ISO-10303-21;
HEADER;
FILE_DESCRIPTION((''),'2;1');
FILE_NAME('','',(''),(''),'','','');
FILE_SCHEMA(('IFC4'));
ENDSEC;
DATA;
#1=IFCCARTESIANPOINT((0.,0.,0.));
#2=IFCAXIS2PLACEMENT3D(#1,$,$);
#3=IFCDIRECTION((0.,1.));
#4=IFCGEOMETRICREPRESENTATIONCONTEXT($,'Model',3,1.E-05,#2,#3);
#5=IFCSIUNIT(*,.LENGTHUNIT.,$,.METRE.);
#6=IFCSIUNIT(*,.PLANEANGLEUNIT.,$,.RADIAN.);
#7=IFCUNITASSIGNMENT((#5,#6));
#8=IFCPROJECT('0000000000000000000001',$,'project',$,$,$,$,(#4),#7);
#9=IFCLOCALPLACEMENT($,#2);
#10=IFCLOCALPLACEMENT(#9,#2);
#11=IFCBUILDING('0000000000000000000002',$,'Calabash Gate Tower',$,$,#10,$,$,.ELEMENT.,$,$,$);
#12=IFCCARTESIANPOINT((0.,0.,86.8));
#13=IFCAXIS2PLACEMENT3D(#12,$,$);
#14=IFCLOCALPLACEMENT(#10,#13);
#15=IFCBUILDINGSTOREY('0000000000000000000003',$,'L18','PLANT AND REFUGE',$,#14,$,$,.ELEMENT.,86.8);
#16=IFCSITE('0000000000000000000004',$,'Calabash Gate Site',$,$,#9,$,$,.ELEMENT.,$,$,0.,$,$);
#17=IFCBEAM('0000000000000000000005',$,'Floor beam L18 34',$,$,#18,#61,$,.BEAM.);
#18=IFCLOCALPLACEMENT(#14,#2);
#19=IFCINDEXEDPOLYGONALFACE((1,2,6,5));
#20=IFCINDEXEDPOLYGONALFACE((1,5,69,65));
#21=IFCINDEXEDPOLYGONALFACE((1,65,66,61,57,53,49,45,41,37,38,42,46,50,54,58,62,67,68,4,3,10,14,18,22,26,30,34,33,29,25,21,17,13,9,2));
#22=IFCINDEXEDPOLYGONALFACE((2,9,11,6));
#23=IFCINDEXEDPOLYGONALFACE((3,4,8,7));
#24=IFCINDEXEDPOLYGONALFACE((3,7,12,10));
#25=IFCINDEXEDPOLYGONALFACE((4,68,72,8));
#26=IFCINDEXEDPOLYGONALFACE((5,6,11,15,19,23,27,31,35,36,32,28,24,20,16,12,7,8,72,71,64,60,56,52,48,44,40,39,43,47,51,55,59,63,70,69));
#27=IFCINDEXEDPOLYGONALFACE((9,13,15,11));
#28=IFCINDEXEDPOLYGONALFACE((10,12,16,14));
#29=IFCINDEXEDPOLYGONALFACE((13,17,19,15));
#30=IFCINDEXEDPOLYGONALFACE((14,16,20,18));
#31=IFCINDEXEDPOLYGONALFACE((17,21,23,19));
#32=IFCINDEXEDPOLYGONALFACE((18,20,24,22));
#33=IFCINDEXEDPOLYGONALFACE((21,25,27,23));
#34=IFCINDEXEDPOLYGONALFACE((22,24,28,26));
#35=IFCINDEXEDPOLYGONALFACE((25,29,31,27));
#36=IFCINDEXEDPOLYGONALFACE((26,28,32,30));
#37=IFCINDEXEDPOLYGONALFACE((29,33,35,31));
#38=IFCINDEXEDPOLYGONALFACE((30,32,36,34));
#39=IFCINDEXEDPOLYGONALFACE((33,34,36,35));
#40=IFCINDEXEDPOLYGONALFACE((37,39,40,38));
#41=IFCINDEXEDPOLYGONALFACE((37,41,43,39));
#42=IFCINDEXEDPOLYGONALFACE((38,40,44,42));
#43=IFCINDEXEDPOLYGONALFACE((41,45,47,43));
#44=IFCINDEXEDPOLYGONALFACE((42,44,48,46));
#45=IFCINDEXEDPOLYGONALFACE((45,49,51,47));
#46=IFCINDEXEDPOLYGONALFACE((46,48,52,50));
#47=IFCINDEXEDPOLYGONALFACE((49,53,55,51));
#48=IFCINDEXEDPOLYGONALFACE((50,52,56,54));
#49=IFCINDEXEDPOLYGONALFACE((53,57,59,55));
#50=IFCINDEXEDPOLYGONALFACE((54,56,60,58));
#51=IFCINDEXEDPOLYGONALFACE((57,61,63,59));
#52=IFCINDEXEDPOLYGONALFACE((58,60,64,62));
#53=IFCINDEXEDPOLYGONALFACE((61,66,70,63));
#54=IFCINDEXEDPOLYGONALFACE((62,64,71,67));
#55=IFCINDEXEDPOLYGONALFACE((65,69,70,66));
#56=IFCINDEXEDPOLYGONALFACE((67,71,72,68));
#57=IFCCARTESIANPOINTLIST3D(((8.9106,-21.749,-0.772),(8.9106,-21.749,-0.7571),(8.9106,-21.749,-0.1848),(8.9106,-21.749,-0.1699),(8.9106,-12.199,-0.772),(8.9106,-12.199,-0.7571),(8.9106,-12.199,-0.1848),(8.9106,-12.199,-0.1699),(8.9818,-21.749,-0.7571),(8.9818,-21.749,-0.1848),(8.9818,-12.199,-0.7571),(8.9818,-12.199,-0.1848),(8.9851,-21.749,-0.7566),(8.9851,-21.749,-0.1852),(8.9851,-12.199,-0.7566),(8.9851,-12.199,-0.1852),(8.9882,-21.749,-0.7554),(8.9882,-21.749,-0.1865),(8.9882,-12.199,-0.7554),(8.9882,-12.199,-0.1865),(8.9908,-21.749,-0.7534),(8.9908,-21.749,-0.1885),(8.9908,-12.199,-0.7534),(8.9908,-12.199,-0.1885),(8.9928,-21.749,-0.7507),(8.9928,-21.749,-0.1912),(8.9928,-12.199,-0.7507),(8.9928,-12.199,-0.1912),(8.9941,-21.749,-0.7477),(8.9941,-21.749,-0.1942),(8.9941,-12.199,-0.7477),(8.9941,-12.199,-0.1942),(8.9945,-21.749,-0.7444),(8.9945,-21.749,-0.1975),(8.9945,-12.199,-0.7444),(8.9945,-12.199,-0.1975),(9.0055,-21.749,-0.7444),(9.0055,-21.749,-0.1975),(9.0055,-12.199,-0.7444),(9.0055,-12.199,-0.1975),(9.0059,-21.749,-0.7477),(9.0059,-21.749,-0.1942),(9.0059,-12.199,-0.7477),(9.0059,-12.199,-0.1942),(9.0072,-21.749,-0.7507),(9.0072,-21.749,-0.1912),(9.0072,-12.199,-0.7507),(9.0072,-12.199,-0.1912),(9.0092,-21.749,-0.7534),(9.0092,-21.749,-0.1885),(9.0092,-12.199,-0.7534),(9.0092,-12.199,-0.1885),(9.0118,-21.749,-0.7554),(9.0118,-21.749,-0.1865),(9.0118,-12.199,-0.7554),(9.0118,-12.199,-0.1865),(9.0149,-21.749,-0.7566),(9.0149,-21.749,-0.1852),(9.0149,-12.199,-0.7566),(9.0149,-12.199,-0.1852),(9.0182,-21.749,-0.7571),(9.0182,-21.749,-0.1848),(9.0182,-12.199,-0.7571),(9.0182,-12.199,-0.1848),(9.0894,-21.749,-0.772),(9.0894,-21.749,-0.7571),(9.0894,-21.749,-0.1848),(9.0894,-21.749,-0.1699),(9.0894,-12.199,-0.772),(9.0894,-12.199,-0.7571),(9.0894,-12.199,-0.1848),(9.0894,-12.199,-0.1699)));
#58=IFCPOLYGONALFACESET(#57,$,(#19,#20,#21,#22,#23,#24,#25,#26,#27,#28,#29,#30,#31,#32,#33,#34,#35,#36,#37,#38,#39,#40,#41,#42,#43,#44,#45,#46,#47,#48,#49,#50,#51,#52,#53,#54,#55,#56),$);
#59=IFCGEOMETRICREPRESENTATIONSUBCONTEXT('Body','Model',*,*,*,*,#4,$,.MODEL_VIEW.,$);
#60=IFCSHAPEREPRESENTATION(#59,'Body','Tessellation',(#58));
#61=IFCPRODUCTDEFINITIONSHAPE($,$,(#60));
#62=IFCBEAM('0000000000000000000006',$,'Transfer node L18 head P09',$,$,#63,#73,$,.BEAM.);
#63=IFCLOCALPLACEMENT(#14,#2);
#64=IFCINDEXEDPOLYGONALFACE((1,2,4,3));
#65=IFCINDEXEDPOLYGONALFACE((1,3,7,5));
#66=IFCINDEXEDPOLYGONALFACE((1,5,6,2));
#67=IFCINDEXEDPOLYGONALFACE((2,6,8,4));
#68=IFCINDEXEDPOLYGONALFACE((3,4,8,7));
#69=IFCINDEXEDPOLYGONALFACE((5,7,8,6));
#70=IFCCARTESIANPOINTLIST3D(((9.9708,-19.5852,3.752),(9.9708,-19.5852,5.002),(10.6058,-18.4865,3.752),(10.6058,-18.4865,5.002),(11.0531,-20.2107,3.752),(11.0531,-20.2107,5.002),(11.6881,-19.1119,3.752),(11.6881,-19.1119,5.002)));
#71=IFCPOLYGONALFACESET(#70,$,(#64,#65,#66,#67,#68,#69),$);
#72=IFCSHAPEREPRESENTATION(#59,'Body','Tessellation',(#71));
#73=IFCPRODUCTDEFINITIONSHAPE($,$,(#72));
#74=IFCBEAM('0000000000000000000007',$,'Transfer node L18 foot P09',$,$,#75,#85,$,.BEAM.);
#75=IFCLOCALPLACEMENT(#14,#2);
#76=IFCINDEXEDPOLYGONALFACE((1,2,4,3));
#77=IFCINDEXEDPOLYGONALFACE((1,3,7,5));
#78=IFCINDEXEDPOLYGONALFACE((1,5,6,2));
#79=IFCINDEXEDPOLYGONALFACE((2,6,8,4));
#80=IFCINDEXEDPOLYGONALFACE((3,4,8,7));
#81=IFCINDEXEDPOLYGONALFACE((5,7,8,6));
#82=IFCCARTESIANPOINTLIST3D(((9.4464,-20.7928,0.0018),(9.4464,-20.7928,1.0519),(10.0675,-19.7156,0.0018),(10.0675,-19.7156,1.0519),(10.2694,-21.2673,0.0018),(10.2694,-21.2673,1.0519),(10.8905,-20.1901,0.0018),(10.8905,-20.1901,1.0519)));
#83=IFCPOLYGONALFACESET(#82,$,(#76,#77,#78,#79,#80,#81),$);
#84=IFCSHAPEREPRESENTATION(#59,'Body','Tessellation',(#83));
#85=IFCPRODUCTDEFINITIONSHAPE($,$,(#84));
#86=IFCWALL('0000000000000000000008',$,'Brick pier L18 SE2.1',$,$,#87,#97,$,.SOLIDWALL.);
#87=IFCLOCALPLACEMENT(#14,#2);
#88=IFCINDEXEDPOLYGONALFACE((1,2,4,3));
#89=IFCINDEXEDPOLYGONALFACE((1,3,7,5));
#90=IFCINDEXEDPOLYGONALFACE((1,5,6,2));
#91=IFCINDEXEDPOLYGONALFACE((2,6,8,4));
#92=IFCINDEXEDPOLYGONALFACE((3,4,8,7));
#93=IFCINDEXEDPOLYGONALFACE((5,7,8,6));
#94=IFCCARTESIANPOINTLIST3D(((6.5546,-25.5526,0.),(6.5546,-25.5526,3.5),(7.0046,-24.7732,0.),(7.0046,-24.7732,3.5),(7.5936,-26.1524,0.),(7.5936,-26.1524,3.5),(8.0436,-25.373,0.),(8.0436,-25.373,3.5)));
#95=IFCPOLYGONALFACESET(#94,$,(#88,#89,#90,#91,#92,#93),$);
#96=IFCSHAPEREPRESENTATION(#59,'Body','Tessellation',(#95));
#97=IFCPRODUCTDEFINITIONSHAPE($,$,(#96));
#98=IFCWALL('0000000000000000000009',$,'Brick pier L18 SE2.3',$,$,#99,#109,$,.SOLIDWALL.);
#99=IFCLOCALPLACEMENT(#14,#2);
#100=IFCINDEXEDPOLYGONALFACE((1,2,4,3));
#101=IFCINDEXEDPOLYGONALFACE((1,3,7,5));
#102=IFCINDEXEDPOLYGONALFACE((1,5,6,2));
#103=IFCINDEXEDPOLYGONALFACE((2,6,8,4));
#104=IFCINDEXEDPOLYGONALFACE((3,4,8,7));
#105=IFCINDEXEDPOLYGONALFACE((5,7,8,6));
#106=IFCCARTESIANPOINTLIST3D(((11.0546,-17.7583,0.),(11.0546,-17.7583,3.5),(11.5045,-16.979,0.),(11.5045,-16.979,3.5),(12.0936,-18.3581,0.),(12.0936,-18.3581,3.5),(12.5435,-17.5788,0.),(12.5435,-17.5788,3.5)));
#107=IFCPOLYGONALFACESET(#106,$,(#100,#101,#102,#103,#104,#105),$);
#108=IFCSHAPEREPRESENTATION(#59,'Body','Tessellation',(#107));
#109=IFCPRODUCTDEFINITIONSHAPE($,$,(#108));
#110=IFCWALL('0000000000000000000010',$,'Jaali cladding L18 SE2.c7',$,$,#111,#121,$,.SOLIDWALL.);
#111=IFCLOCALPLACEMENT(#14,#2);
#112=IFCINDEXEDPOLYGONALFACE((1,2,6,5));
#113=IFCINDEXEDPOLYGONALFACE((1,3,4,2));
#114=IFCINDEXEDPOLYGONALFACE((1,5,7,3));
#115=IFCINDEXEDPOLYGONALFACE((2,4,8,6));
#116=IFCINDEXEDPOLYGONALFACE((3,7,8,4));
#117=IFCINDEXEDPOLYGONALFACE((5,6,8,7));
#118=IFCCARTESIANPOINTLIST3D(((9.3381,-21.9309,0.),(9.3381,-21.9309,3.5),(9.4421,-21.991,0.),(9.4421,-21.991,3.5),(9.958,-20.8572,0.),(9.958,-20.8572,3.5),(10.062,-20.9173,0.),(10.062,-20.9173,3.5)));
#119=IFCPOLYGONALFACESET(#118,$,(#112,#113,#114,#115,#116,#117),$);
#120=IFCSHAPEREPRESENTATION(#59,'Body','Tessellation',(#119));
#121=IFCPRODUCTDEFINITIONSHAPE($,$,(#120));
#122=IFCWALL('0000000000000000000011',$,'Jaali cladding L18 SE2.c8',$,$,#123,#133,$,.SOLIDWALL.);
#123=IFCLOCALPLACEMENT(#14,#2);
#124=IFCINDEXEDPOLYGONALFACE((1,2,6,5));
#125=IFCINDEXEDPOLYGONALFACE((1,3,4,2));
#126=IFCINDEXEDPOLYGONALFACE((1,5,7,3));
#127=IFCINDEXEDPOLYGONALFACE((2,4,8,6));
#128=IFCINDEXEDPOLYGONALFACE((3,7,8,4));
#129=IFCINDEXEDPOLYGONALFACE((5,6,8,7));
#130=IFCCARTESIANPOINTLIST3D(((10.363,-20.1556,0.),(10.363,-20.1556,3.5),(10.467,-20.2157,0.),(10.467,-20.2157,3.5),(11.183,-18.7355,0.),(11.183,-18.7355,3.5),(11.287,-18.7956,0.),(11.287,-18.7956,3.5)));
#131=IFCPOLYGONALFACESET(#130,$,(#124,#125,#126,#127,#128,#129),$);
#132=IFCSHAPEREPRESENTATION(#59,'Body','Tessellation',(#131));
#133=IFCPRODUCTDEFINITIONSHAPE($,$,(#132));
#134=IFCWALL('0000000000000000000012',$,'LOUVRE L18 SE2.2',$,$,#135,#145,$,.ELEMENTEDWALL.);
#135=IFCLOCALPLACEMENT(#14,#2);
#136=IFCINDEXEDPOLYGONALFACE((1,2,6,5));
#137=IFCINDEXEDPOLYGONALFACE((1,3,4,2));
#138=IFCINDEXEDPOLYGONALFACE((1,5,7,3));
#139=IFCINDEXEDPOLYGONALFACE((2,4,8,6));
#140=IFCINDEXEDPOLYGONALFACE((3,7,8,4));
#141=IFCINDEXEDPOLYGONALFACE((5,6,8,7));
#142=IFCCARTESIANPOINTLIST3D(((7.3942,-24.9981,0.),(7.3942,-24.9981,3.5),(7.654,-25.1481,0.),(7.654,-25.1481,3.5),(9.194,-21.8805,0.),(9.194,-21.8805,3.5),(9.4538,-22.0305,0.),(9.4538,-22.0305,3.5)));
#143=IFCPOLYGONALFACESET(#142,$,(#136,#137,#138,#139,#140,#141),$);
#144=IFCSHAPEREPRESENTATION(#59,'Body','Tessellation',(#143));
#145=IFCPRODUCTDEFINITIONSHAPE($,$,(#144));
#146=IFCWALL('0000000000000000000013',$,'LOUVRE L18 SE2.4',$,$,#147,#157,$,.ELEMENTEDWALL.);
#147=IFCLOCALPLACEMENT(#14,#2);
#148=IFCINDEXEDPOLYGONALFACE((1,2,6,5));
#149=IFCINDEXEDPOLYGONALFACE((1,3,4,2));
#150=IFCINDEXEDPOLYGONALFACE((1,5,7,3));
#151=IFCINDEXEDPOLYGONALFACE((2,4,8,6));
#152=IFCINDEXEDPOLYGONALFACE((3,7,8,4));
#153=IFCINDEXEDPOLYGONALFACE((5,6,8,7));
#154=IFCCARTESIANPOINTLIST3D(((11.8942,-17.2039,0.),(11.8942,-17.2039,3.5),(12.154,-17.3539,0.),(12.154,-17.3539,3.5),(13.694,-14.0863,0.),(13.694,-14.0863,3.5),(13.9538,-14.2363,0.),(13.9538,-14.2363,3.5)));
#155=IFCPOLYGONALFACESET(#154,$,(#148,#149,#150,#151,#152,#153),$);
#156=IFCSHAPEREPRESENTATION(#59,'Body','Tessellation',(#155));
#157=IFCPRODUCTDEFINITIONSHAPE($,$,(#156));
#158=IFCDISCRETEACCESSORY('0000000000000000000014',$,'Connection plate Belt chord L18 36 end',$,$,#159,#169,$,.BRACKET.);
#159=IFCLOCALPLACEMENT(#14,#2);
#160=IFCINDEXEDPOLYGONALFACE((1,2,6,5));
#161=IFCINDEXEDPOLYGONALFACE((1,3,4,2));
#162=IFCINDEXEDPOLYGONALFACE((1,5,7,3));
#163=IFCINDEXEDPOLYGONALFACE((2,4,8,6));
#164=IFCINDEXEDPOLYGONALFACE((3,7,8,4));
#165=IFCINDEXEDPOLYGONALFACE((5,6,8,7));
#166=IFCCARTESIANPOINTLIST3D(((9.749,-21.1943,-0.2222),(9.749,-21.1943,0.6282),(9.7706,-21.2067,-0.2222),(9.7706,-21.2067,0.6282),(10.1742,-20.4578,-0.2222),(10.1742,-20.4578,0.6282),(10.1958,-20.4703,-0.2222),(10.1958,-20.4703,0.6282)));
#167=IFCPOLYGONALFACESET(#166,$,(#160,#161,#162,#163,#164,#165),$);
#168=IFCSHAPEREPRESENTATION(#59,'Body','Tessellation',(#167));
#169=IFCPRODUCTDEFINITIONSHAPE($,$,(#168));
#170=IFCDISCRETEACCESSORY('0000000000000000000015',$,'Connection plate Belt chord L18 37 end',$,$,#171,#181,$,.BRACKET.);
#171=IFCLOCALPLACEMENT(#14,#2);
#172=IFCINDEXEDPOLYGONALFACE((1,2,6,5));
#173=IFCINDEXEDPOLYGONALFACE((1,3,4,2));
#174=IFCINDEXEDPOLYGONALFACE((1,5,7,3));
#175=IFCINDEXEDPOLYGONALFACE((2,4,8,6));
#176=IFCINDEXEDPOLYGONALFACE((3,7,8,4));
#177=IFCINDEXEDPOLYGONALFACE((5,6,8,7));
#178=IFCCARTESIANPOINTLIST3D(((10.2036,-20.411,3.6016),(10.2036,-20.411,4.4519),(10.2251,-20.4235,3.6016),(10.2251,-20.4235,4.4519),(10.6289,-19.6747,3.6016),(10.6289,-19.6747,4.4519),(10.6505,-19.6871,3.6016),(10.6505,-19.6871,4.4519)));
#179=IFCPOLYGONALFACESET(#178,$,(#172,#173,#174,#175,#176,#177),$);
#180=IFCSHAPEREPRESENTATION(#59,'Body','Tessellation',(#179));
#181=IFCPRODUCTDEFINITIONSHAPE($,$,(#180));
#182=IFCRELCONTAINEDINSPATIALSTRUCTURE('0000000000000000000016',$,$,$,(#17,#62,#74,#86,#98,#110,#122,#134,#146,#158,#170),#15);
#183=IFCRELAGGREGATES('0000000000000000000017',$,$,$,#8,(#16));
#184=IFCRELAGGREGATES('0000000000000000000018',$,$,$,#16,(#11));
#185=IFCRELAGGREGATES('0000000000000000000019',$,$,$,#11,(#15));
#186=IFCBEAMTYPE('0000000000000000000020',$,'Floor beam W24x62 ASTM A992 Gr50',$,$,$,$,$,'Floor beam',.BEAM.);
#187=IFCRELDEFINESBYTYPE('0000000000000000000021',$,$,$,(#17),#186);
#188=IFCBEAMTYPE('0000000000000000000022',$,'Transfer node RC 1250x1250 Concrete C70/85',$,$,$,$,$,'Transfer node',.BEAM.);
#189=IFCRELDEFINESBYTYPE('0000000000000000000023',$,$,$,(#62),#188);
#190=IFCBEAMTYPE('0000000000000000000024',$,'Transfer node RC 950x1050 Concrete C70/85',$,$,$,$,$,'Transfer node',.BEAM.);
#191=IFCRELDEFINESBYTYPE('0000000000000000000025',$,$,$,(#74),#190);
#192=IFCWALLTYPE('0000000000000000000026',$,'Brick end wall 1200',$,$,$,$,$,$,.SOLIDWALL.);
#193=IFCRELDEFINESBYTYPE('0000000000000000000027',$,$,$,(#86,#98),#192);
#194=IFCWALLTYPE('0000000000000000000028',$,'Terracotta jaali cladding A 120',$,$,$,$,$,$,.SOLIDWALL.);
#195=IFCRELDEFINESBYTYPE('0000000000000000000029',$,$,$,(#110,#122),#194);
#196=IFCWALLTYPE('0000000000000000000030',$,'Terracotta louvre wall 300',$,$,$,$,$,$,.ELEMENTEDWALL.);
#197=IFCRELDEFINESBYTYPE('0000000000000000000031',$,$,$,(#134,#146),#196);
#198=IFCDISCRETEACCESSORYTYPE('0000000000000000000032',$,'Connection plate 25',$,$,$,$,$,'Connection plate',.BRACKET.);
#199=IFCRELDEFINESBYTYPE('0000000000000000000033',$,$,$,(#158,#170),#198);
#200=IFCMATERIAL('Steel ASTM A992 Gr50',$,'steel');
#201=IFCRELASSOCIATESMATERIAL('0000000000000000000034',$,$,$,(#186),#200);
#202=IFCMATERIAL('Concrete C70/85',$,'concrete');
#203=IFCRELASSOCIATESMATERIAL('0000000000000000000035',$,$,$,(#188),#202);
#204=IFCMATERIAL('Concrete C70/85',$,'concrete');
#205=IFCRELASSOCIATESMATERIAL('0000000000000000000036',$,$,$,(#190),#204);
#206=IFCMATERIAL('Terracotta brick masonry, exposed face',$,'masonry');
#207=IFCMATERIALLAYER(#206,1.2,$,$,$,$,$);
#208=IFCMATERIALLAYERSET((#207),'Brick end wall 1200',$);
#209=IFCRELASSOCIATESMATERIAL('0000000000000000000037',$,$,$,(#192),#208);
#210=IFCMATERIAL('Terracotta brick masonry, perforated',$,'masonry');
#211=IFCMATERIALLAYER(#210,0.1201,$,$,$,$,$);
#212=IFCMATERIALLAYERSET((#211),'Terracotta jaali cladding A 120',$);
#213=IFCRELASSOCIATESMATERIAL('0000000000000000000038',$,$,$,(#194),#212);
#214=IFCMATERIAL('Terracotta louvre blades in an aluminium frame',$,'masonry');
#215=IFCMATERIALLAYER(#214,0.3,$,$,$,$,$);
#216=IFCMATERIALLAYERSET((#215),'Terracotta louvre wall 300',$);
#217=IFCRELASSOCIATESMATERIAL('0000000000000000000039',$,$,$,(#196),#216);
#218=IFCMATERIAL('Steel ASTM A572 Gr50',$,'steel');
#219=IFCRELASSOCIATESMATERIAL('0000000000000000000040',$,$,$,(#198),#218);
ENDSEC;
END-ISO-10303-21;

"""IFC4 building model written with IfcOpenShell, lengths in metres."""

from ifc_helpers import new_model, si_unit, direction, frame, frame_2d, origin, origin_2d, place, context, subcontext, project, spatial, rectangle, i_section, extrude, material, layer, layer_set, material_profile, profile_set, type_object, element, save


model = new_model("IFC4")

# Units and contexts
model_context = context("Model", 3, precision=1e-05, world=origin(), true_north=direction((0.0, 1.0)))
body_context = subcontext(model_context, "Body", "Model", "MODEL_VIEW")
ifc_project = project(units=[si_unit("LENGTHUNIT", "METRE"), si_unit("PLANEANGLEUNIT", "RADIAN")], contexts=[model_context])

# Site, building, storey
site_placement = place(None, origin())
site = spatial("IfcSite", under=ifc_project, at=site_placement, Name="Calabash Gate Site", CompositionType="ELEMENT", RefElevation=0.0)
building_placement = place(site_placement, origin())
building = spatial("IfcBuilding", under=site, at=building_placement, Name="Calabash Gate Tower", CompositionType="ELEMENT")
storey_placement = place(building_placement, frame((0.0, 0.0, 86.8)))
storey = spatial("IfcBuildingStorey", under=building, at=storey_placement, Name="L18", Description="PLANT AND REFUGE", CompositionType="ELEMENT", Elevation=86.8)

# Beams
ifc_material_1 = material(Name="Steel ASTM A992 Gr50", Category="steel")
ifc_material_profile_1 = material_profile(ifc_material_1, i_section(OverallWidth=0.1787, OverallDepth=0.6021, WebThickness=0.011, FlangeThickness=0.0149, FilletRadius=0.0127, at=origin_2d()))
ifc_profile_set_1 = profile_set([ifc_material_profile_1], Name="Steel ASTM A992 Gr50")
beam_type_1 = type_object("IfcBeamType", Name="Floor beam W24x62 ASTM A992 Gr50", ElementType="Floor beam", PredefinedType="BEAM", material=ifc_profile_set_1)
beam_1_placement = place(storey_placement, frame((9.0, -21.749, -0.4709), z_axis=(0.0, 1.0, 0.0), x_axis=(-1.0, 0.0, 0.0)))
element("IfcBeam", 1, at=beam_1_placement, inside=storey, type_object=beam_type_1, Name="Floor beam L18 34", PredefinedType="BEAM", context=body_context, shape_type="SweptSolid", body=[
    extrude(i_section(OverallWidth=0.1787, OverallDepth=0.6021, WebThickness=0.011, FlangeThickness=0.0149, FilletRadius=0.0127, at=origin_2d()), origin(), (0.0, 0.0, 1.0), 9.55),
])
ifc_material_2 = material(Name="Concrete C70/85", Category="concrete")
ifc_material_profile_2 = material_profile(ifc_material_2, rectangle(XDim=1.25, YDim=1.25, at=origin_2d()))
ifc_profile_set_2 = profile_set([ifc_material_profile_2], Name="Concrete C70/85")
beam_type_2 = type_object("IfcBeamType", Name="Transfer node RC 1250x1250 Concrete C70/85", ElementType="Transfer node", PredefinedType="BEAM", material=ifc_profile_set_2)
beam_2_placement = place(storey_placement, frame((10.512, -19.8979, 4.377), z_axis=(0.500338, 0.86583, 0.0), x_axis=(-0.86583, 0.500338, 0.0)))
element("IfcBeam", 2, at=beam_2_placement, inside=storey, type_object=beam_type_2, Name="Transfer node L18 head P09", PredefinedType="BEAM", context=body_context, shape_type="SweptSolid", body=[
    extrude(rectangle(XDim=1.25, YDim=1.25, at=origin_2d()), origin(), (0.0, 0.0, 1.0), 1.269),
])
ifc_material_3 = material(Name="Concrete C70/85", Category="concrete")
ifc_material_profile_3 = material_profile(ifc_material_3, rectangle(XDim=0.95, YDim=1.05, at=origin_2d()))
ifc_profile_set_3 = profile_set([ifc_material_profile_3], Name="Concrete C70/85")
beam_type_3 = type_object("IfcBeamType", Name="Transfer node RC 950x1050 Concrete C70/85", ElementType="Transfer node", PredefinedType="BEAM", material=ifc_profile_set_3)
beam_3_placement = place(storey_placement, frame((9.8579, -21.03, 0.5269), z_axis=(0.499518, 0.866303, 0.0), x_axis=(-0.866303, 0.499518, 0.0)))
element("IfcBeam", 3, at=beam_3_placement, inside=storey, type_object=beam_type_3, Name="Transfer node L18 foot P09", PredefinedType="BEAM", context=body_context, shape_type="SweptSolid", body=[
    extrude(rectangle(XDim=0.95, YDim=1.05, at=origin_2d()), origin(), (0.0, 0.0, 1.0), 1.2434),
])

# Walls
ifc_material_4 = material(Name="Terracotta brick masonry, exposed face", Category="masonry")
ifc_layer_1 = layer(ifc_material_4, 1.2)
ifc_layer_set_1 = layer_set([ifc_layer_1], Name="Brick end wall 1200")
wall_type_1 = type_object("IfcWallType", Name="Brick end wall 1200", PredefinedType="SOLIDWALL", material=ifc_layer_set_1)
for number, where, z_axis, x_axis, name in (
    (4, (7.8186, -25.7627, 0.0), (0.0, 0.0, 1.0), (-0.866043, 0.499969, 0.0), "Brick pier L18 SE2.1"),
    (5, (11.2795, -17.3687, 0.0), (0.0, 0.0, 1.0), (0.866043, -0.499969, 0.0), "Brick pier L18 SE2.3"),
):
    element("IfcWall", number, at=place(storey_placement, frame(where, z_axis=z_axis, x_axis=x_axis)), inside=storey, type_object=wall_type_1, Name=name, PredefinedType="SOLIDWALL", context=body_context, shape_type="SweptSolid", body=[
        extrude(rectangle(XDim=1.1997, YDim=0.8999, at=frame_2d((0.5999, 0.0))), origin(), (0.0, 0.0, 1.0), 3.5),
    ])
ifc_material_5 = material(Name="Terracotta brick masonry, perforated", Category="masonry")
ifc_layer_2 = layer(ifc_material_5, 0.1201)
ifc_layer_set_2 = layer_set([ifc_layer_2], Name="Terracotta jaali cladding A 120")
wall_type_2 = type_object("IfcWallType", Name="Terracotta jaali cladding A 120", PredefinedType="SOLIDWALL", material=ifc_layer_set_2)
wall_1_placement = place(storey_placement, frame((9.3901, -21.9609, 0.0), z_axis=(0.0, 0.0, 1.0), x_axis=(0.499972, 0.866041, 0.0)))
element("IfcWall", 6, at=wall_1_placement, inside=storey, type_object=wall_type_2, Name="Jaali cladding L18 SE2.c7", PredefinedType="SOLIDWALL", context=body_context, shape_type="SweptSolid", body=[
    extrude(rectangle(XDim=1.2397, YDim=0.1201, at=frame_2d((0.6199, 0.0))), origin(), (0.0, 0.0, 1.0), 3.5),
])
wall_2_placement = place(storey_placement, frame((10.415, -20.1855, 0.0), z_axis=(0.0, 0.0, 1.0), x_axis=(0.500062, 0.86599, 0.0)))
element("IfcWall", 7, at=wall_2_placement, inside=storey, type_object=wall_type_2, Name="Jaali cladding L18 SE2.c8", PredefinedType="SOLIDWALL", context=body_context, shape_type="SweptSolid", body=[
    extrude(rectangle(XDim=1.6399, YDim=0.1201, at=frame_2d((0.8198, 0.0))), origin(), (0.0, 0.0, 1.0), 3.5),
])
ifc_material_6 = material(Name="Terracotta louvre blades in an aluminium frame", Category="masonry")
ifc_layer_3 = layer(ifc_material_6, 0.3)
ifc_layer_set_3 = layer_set([ifc_layer_3], Name="Terracotta louvre wall 300")
wall_type_3 = type_object("IfcWallType", Name="Terracotta louvre wall 300", PredefinedType="ELEMENTEDWALL", material=ifc_layer_set_3)
for number, where, z_axis, x_axis, name in (
    (8, (7.5242, -25.073, 0.0), (0.0, 0.0, 1.0), (0.499961, 0.866048, 0.0), "LOUVRE L18 SE2.2"),
    (9, (12.0242, -17.2788, 0.0), (0.0, 0.0, 1.0), (0.499961, 0.866048, 0.0), "LOUVRE L18 SE2.4"),
):
    element("IfcWall", number, at=place(storey_placement, frame(where, z_axis=z_axis, x_axis=x_axis)), inside=storey, type_object=wall_type_3, Name=name, PredefinedType="ELEMENTEDWALL", context=body_context, shape_type="SweptSolid", body=[
        extrude(rectangle(XDim=3.5999, YDim=0.3, at=frame_2d((1.7998, 0.0))), origin(), (0.0, 0.0, 1.0), 3.5),
    ])

# Discrete accessories
ifc_material_7 = material(Name="Steel ASTM A572 Gr50", Category="steel")
discrete_accessory_type = type_object("IfcDiscreteAccessoryType", Name="Connection plate 25", ElementType="Connection plate", PredefinedType="BRACKET", material=ifc_material_7)
for number, where, z_axis, x_axis, name in (
    (10, (9.9724, -20.8323, -0.2222), (0.0, 0.0, 1.0), (0.5, 0.866025, 0.0), "Connection plate Belt chord L18 36 end"),
    (11, (10.427, -20.0491, 3.6016), (0.0, 0.0, 1.0), (0.500191, 0.865915, 0.0), "Connection plate Belt chord L18 37 end"),
):
    element("IfcDiscreteAccessory", number, at=place(storey_placement, frame(where, z_axis=z_axis, x_axis=x_axis)), inside=storey, type_object=discrete_accessory_type, Name=name, PredefinedType="BRACKET", context=body_context, shape_type="SweptSolid", body=[
        extrude(rectangle(XDim=0.8503, YDim=0.0249, at=origin_2d()), origin(), (0.0, 0.0, 1.0), 0.8503),
    ])

save(model, "model.ifc")
